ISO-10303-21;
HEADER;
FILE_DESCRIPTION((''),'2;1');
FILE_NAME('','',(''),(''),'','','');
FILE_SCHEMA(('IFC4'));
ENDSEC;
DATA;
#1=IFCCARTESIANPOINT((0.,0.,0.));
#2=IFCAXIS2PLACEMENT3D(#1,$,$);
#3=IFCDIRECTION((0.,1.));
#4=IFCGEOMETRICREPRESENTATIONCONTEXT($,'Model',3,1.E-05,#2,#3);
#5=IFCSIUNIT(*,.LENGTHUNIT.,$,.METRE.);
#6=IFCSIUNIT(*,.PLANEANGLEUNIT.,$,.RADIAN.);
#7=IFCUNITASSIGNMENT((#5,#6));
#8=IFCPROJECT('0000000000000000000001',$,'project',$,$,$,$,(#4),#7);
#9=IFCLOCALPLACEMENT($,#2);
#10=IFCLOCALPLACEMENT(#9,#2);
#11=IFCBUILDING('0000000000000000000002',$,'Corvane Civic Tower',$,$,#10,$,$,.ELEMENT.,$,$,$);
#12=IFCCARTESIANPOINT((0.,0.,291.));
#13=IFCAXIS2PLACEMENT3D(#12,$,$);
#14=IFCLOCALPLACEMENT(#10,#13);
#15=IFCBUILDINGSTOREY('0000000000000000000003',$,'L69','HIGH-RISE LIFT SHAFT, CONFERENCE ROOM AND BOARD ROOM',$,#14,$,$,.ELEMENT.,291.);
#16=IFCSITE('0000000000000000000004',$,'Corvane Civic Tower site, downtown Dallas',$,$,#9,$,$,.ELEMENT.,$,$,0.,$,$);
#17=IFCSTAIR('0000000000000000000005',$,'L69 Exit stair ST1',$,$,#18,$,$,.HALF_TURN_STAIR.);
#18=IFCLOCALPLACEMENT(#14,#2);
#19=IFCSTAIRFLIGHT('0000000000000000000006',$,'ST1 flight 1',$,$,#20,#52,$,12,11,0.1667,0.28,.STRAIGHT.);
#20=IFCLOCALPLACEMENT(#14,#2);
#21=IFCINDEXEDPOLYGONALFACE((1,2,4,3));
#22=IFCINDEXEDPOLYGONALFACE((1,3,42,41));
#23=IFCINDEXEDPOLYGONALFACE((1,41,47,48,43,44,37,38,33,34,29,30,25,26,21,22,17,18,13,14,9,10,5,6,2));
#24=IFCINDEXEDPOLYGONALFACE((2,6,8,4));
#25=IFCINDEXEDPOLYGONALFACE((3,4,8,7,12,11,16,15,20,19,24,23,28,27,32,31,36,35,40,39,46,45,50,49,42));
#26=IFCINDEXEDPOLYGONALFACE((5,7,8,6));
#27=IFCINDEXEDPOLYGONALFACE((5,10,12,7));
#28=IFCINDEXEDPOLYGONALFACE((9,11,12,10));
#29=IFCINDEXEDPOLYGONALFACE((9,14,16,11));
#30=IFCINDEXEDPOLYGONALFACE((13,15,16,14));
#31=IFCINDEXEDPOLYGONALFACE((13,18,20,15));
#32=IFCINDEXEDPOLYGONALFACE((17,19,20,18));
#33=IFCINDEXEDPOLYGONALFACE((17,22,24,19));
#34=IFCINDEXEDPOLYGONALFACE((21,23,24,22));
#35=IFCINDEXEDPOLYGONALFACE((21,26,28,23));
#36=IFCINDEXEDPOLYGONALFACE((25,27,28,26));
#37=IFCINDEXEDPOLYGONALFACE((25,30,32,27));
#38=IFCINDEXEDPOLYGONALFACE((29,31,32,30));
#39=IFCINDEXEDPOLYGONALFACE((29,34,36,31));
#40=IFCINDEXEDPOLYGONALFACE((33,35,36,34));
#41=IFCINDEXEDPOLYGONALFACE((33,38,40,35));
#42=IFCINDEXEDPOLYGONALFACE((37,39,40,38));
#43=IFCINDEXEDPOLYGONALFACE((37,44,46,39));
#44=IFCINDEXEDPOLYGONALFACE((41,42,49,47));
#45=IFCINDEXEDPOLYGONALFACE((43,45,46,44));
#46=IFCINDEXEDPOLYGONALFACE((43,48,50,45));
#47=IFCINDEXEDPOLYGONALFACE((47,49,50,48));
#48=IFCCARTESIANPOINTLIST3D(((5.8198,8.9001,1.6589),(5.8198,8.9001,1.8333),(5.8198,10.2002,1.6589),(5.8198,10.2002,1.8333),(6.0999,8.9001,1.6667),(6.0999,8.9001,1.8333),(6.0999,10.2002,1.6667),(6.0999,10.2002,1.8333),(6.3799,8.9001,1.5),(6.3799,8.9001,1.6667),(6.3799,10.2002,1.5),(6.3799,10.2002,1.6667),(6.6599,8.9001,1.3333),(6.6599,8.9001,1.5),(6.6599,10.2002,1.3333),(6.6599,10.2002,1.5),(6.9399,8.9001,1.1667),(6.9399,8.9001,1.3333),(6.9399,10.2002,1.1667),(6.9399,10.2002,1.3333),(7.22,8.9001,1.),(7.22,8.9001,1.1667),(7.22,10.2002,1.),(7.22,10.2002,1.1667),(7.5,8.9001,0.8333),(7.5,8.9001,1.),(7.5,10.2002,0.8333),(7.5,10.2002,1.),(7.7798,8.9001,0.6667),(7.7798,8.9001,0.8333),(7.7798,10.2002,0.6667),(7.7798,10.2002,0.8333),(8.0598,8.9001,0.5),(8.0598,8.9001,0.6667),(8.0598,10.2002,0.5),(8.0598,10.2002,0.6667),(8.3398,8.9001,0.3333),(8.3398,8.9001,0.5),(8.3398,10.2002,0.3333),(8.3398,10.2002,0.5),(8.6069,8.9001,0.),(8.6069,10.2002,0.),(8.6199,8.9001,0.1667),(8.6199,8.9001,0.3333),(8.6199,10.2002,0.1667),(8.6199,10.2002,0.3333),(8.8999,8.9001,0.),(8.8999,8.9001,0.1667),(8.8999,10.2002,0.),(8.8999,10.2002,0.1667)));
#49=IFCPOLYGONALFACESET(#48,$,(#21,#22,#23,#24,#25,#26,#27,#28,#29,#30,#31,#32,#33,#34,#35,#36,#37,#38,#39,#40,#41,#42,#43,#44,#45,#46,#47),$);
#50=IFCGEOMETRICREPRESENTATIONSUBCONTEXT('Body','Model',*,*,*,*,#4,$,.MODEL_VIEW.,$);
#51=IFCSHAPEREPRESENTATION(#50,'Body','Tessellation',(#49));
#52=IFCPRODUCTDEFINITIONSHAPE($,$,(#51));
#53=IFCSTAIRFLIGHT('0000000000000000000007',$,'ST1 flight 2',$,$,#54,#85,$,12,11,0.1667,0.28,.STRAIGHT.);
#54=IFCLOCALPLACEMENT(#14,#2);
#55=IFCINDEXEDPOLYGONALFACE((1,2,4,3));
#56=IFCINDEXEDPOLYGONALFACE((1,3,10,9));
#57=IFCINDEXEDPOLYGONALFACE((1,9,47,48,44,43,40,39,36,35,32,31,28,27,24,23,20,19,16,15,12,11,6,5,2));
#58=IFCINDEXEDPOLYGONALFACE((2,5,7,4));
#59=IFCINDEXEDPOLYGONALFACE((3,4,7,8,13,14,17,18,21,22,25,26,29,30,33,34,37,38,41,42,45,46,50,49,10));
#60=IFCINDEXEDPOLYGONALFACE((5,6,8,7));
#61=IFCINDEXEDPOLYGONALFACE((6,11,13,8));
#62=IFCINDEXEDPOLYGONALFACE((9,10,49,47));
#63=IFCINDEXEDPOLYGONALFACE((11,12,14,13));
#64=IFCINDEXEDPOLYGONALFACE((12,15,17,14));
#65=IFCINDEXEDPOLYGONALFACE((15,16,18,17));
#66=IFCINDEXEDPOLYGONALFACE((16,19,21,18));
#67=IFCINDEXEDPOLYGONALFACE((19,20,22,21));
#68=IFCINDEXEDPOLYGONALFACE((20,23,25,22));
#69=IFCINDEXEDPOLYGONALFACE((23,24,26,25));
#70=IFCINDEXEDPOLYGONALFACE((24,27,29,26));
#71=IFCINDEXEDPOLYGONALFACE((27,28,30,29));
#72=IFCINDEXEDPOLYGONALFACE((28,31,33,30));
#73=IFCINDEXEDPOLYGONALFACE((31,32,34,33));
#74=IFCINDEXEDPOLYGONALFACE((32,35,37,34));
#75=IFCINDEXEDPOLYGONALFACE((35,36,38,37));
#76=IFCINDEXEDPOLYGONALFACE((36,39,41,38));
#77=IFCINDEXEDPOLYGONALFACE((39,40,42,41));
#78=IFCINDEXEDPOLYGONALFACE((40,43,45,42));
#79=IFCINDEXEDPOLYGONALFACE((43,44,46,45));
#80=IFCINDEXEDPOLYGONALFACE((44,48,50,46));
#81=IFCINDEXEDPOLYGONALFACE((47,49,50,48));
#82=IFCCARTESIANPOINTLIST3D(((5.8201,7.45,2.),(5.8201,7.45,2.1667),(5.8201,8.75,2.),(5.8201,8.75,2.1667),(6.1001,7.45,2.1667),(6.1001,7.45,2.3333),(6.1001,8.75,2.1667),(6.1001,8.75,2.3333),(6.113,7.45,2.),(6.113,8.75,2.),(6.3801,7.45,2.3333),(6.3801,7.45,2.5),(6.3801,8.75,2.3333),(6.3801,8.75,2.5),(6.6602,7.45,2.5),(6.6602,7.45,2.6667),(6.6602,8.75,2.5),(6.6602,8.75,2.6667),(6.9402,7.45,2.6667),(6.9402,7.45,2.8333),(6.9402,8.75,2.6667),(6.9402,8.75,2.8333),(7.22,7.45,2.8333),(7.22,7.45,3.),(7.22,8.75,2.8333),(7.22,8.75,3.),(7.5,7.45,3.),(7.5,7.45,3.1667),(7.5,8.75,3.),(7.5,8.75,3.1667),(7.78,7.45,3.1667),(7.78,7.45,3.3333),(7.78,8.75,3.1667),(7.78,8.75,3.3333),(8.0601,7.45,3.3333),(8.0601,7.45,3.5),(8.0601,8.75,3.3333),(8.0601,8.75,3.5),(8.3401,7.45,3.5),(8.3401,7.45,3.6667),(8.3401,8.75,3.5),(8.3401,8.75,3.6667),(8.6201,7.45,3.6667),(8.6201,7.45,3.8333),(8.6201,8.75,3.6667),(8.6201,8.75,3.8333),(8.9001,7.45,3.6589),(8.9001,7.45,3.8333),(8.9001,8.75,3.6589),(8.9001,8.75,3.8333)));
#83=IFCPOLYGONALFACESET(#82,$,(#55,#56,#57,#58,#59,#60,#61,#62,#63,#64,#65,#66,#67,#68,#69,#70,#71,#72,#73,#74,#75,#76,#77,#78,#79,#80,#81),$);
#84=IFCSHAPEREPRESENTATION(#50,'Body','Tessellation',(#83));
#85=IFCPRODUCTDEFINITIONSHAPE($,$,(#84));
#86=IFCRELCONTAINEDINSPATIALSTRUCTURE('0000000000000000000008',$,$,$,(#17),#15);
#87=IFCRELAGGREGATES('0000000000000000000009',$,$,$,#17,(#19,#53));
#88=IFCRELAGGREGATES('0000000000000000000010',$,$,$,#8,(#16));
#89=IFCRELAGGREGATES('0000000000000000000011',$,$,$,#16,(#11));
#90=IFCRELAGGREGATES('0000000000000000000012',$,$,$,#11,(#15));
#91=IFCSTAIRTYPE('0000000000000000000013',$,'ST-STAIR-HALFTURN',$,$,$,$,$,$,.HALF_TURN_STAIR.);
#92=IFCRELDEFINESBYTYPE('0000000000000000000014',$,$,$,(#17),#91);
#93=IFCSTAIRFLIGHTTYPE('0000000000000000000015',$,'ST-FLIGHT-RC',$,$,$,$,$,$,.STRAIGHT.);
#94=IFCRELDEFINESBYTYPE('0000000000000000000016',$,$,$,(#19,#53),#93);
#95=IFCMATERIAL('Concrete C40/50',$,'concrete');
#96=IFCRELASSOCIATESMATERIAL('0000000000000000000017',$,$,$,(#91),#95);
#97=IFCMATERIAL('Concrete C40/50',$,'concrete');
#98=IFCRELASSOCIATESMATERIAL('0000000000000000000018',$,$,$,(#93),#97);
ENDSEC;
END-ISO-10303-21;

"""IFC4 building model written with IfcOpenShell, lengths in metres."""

from ifc_helpers import new_model, si_unit, direction, frame, origin, place, context, subcontext, project, spatial, polyline, outline, extrude, material, type_object, element, aggregate, save


model = new_model("IFC4")

# Units and contexts
model_context = context("Model", 3, precision=1e-05, world=origin(), true_north=direction((0.0, 1.0)))
body_context = subcontext(model_context, "Body", "Model", "MODEL_VIEW")
ifc_project = project(units=[si_unit("LENGTHUNIT", "METRE"), si_unit("PLANEANGLEUNIT", "RADIAN")], contexts=[model_context])

# Site, building, storey
site_placement = place(None, origin())
site = spatial("IfcSite", under=ifc_project, at=site_placement, Name="Corvane Civic Tower site, downtown Dallas", CompositionType="ELEMENT", RefElevation=0.0)
building_placement = place(site_placement, origin())
building = spatial("IfcBuilding", under=site, at=building_placement, Name="Corvane Civic Tower", CompositionType="ELEMENT")
storey_placement = place(building_placement, frame((0.0, 0.0, 291.0)))
storey = spatial("IfcBuildingStorey", under=building, at=storey_placement, Name="L69", Description="HIGH-RISE LIFT SHAFT, CONFERENCE ROOM AND BOARD ROOM", CompositionType="ELEMENT", Elevation=291.0)

# Stair, stair flights
ifc_material_1 = material(Name="Concrete C40/50", Category="concrete")
stair_type = type_object("IfcStairType", Name="ST-STAIR-HALFTURN", PredefinedType="HALF_TURN_STAIR", material=ifc_material_1)
stair_placement = place(storey_placement, origin())
stair = element("IfcStair", 1, at=stair_placement, inside=storey, type_object=stair_type, Name="L69 Exit stair ST1", PredefinedType="HALF_TURN_STAIR")
ifc_material_2 = material(Name="Concrete C40/50", Category="concrete")
stair_flight_type = type_object("IfcStairFlightType", Name="ST-FLIGHT-RC", PredefinedType="STRAIGHT", material=ifc_material_2)
stair_flight_1_placement = place(storey_placement, frame((8.8999, 9.55, 0.0), z_axis=(0.0, 0.0, 1.0), x_axis=(-1.0, 0.0, 0.0)))
stair_flight_1 = element("IfcStairFlight", 2, at=stair_flight_1_placement, type_object=stair_flight_type, Name="ST1 flight 1", NumberOfRisers=12, NumberOfTreads=11, PredefinedType="STRAIGHT", RiserHeight=0.1667, TreadLength=0.28, context=body_context, shape_type="SweptSolid", body=[
    extrude(outline(polyline([(0.0, 0.0), (0.0, 0.1667), (0.28, 0.1667), (0.28, 0.3333), (0.5601, 0.3333), (0.5601, 0.5), (0.8401, 0.5), (0.8401, 0.6667), (1.1201, 0.6667), (1.1201, 0.8333), (1.3999, 0.8333), (1.3999, 1.0), (1.6799, 1.0), (1.6799, 1.1667), (1.96, 1.1667), (1.96, 1.3333), (2.24, 1.3333), (2.24, 1.5), (2.52, 1.5), (2.52, 1.6667), (2.8, 1.6667), (2.8, 1.8333), (3.0801, 1.8333), (3.0801, 2.0), (3.0801, 1.6589), (0.293, 0.0), (0.0, 0.0)])), frame((0.0, 0.6499, 0.0), z_axis=(0.0, -1.0, 0.0), x_axis=(1.0, 0.0, 0.0)), (0.0, 0.0, 1.0), 1.3),
])
stair_flight_2_placement = place(storey_placement, frame((5.8201, 8.1001, 2.0), z_axis=(0.0, 0.0, 1.0), x_axis=(1.0, 0.0, 0.0)))
stair_flight_2 = element("IfcStairFlight", 3, at=stair_flight_2_placement, type_object=stair_flight_type, Name="ST1 flight 2", NumberOfRisers=12, NumberOfTreads=11, PredefinedType="STRAIGHT", RiserHeight=0.1667, TreadLength=0.28, context=body_context, shape_type="SweptSolid", body=[
    extrude(outline(polyline([(0.0, 0.0), (0.0, 0.1667), (0.28, 0.1667), (0.28, 0.3333), (0.5601, 0.3333), (0.5601, 0.5), (0.8401, 0.5), (0.8401, 0.6667), (1.1201, 0.6667), (1.1201, 0.8333), (1.3999, 0.8333), (1.3999, 1.0), (1.6799, 1.0), (1.6799, 1.1667), (1.96, 1.1667), (1.96, 1.3333), (2.24, 1.3333), (2.24, 1.5), (2.52, 1.5), (2.52, 1.6667), (2.8, 1.6667), (2.8, 1.8333), (3.0801, 1.8333), (3.0801, 2.0), (3.0801, 1.6589), (0.293, 0.0), (0.0, 0.0)])), frame((0.0, 0.6499, 0.0), z_axis=(0.0, -1.0, 0.0), x_axis=(1.0, 0.0, 0.0)), (0.0, 0.0, 1.0), 1.3),
])
aggregate(stair, [stair_flight_1, stair_flight_2])

save(model, "model.ifc")
